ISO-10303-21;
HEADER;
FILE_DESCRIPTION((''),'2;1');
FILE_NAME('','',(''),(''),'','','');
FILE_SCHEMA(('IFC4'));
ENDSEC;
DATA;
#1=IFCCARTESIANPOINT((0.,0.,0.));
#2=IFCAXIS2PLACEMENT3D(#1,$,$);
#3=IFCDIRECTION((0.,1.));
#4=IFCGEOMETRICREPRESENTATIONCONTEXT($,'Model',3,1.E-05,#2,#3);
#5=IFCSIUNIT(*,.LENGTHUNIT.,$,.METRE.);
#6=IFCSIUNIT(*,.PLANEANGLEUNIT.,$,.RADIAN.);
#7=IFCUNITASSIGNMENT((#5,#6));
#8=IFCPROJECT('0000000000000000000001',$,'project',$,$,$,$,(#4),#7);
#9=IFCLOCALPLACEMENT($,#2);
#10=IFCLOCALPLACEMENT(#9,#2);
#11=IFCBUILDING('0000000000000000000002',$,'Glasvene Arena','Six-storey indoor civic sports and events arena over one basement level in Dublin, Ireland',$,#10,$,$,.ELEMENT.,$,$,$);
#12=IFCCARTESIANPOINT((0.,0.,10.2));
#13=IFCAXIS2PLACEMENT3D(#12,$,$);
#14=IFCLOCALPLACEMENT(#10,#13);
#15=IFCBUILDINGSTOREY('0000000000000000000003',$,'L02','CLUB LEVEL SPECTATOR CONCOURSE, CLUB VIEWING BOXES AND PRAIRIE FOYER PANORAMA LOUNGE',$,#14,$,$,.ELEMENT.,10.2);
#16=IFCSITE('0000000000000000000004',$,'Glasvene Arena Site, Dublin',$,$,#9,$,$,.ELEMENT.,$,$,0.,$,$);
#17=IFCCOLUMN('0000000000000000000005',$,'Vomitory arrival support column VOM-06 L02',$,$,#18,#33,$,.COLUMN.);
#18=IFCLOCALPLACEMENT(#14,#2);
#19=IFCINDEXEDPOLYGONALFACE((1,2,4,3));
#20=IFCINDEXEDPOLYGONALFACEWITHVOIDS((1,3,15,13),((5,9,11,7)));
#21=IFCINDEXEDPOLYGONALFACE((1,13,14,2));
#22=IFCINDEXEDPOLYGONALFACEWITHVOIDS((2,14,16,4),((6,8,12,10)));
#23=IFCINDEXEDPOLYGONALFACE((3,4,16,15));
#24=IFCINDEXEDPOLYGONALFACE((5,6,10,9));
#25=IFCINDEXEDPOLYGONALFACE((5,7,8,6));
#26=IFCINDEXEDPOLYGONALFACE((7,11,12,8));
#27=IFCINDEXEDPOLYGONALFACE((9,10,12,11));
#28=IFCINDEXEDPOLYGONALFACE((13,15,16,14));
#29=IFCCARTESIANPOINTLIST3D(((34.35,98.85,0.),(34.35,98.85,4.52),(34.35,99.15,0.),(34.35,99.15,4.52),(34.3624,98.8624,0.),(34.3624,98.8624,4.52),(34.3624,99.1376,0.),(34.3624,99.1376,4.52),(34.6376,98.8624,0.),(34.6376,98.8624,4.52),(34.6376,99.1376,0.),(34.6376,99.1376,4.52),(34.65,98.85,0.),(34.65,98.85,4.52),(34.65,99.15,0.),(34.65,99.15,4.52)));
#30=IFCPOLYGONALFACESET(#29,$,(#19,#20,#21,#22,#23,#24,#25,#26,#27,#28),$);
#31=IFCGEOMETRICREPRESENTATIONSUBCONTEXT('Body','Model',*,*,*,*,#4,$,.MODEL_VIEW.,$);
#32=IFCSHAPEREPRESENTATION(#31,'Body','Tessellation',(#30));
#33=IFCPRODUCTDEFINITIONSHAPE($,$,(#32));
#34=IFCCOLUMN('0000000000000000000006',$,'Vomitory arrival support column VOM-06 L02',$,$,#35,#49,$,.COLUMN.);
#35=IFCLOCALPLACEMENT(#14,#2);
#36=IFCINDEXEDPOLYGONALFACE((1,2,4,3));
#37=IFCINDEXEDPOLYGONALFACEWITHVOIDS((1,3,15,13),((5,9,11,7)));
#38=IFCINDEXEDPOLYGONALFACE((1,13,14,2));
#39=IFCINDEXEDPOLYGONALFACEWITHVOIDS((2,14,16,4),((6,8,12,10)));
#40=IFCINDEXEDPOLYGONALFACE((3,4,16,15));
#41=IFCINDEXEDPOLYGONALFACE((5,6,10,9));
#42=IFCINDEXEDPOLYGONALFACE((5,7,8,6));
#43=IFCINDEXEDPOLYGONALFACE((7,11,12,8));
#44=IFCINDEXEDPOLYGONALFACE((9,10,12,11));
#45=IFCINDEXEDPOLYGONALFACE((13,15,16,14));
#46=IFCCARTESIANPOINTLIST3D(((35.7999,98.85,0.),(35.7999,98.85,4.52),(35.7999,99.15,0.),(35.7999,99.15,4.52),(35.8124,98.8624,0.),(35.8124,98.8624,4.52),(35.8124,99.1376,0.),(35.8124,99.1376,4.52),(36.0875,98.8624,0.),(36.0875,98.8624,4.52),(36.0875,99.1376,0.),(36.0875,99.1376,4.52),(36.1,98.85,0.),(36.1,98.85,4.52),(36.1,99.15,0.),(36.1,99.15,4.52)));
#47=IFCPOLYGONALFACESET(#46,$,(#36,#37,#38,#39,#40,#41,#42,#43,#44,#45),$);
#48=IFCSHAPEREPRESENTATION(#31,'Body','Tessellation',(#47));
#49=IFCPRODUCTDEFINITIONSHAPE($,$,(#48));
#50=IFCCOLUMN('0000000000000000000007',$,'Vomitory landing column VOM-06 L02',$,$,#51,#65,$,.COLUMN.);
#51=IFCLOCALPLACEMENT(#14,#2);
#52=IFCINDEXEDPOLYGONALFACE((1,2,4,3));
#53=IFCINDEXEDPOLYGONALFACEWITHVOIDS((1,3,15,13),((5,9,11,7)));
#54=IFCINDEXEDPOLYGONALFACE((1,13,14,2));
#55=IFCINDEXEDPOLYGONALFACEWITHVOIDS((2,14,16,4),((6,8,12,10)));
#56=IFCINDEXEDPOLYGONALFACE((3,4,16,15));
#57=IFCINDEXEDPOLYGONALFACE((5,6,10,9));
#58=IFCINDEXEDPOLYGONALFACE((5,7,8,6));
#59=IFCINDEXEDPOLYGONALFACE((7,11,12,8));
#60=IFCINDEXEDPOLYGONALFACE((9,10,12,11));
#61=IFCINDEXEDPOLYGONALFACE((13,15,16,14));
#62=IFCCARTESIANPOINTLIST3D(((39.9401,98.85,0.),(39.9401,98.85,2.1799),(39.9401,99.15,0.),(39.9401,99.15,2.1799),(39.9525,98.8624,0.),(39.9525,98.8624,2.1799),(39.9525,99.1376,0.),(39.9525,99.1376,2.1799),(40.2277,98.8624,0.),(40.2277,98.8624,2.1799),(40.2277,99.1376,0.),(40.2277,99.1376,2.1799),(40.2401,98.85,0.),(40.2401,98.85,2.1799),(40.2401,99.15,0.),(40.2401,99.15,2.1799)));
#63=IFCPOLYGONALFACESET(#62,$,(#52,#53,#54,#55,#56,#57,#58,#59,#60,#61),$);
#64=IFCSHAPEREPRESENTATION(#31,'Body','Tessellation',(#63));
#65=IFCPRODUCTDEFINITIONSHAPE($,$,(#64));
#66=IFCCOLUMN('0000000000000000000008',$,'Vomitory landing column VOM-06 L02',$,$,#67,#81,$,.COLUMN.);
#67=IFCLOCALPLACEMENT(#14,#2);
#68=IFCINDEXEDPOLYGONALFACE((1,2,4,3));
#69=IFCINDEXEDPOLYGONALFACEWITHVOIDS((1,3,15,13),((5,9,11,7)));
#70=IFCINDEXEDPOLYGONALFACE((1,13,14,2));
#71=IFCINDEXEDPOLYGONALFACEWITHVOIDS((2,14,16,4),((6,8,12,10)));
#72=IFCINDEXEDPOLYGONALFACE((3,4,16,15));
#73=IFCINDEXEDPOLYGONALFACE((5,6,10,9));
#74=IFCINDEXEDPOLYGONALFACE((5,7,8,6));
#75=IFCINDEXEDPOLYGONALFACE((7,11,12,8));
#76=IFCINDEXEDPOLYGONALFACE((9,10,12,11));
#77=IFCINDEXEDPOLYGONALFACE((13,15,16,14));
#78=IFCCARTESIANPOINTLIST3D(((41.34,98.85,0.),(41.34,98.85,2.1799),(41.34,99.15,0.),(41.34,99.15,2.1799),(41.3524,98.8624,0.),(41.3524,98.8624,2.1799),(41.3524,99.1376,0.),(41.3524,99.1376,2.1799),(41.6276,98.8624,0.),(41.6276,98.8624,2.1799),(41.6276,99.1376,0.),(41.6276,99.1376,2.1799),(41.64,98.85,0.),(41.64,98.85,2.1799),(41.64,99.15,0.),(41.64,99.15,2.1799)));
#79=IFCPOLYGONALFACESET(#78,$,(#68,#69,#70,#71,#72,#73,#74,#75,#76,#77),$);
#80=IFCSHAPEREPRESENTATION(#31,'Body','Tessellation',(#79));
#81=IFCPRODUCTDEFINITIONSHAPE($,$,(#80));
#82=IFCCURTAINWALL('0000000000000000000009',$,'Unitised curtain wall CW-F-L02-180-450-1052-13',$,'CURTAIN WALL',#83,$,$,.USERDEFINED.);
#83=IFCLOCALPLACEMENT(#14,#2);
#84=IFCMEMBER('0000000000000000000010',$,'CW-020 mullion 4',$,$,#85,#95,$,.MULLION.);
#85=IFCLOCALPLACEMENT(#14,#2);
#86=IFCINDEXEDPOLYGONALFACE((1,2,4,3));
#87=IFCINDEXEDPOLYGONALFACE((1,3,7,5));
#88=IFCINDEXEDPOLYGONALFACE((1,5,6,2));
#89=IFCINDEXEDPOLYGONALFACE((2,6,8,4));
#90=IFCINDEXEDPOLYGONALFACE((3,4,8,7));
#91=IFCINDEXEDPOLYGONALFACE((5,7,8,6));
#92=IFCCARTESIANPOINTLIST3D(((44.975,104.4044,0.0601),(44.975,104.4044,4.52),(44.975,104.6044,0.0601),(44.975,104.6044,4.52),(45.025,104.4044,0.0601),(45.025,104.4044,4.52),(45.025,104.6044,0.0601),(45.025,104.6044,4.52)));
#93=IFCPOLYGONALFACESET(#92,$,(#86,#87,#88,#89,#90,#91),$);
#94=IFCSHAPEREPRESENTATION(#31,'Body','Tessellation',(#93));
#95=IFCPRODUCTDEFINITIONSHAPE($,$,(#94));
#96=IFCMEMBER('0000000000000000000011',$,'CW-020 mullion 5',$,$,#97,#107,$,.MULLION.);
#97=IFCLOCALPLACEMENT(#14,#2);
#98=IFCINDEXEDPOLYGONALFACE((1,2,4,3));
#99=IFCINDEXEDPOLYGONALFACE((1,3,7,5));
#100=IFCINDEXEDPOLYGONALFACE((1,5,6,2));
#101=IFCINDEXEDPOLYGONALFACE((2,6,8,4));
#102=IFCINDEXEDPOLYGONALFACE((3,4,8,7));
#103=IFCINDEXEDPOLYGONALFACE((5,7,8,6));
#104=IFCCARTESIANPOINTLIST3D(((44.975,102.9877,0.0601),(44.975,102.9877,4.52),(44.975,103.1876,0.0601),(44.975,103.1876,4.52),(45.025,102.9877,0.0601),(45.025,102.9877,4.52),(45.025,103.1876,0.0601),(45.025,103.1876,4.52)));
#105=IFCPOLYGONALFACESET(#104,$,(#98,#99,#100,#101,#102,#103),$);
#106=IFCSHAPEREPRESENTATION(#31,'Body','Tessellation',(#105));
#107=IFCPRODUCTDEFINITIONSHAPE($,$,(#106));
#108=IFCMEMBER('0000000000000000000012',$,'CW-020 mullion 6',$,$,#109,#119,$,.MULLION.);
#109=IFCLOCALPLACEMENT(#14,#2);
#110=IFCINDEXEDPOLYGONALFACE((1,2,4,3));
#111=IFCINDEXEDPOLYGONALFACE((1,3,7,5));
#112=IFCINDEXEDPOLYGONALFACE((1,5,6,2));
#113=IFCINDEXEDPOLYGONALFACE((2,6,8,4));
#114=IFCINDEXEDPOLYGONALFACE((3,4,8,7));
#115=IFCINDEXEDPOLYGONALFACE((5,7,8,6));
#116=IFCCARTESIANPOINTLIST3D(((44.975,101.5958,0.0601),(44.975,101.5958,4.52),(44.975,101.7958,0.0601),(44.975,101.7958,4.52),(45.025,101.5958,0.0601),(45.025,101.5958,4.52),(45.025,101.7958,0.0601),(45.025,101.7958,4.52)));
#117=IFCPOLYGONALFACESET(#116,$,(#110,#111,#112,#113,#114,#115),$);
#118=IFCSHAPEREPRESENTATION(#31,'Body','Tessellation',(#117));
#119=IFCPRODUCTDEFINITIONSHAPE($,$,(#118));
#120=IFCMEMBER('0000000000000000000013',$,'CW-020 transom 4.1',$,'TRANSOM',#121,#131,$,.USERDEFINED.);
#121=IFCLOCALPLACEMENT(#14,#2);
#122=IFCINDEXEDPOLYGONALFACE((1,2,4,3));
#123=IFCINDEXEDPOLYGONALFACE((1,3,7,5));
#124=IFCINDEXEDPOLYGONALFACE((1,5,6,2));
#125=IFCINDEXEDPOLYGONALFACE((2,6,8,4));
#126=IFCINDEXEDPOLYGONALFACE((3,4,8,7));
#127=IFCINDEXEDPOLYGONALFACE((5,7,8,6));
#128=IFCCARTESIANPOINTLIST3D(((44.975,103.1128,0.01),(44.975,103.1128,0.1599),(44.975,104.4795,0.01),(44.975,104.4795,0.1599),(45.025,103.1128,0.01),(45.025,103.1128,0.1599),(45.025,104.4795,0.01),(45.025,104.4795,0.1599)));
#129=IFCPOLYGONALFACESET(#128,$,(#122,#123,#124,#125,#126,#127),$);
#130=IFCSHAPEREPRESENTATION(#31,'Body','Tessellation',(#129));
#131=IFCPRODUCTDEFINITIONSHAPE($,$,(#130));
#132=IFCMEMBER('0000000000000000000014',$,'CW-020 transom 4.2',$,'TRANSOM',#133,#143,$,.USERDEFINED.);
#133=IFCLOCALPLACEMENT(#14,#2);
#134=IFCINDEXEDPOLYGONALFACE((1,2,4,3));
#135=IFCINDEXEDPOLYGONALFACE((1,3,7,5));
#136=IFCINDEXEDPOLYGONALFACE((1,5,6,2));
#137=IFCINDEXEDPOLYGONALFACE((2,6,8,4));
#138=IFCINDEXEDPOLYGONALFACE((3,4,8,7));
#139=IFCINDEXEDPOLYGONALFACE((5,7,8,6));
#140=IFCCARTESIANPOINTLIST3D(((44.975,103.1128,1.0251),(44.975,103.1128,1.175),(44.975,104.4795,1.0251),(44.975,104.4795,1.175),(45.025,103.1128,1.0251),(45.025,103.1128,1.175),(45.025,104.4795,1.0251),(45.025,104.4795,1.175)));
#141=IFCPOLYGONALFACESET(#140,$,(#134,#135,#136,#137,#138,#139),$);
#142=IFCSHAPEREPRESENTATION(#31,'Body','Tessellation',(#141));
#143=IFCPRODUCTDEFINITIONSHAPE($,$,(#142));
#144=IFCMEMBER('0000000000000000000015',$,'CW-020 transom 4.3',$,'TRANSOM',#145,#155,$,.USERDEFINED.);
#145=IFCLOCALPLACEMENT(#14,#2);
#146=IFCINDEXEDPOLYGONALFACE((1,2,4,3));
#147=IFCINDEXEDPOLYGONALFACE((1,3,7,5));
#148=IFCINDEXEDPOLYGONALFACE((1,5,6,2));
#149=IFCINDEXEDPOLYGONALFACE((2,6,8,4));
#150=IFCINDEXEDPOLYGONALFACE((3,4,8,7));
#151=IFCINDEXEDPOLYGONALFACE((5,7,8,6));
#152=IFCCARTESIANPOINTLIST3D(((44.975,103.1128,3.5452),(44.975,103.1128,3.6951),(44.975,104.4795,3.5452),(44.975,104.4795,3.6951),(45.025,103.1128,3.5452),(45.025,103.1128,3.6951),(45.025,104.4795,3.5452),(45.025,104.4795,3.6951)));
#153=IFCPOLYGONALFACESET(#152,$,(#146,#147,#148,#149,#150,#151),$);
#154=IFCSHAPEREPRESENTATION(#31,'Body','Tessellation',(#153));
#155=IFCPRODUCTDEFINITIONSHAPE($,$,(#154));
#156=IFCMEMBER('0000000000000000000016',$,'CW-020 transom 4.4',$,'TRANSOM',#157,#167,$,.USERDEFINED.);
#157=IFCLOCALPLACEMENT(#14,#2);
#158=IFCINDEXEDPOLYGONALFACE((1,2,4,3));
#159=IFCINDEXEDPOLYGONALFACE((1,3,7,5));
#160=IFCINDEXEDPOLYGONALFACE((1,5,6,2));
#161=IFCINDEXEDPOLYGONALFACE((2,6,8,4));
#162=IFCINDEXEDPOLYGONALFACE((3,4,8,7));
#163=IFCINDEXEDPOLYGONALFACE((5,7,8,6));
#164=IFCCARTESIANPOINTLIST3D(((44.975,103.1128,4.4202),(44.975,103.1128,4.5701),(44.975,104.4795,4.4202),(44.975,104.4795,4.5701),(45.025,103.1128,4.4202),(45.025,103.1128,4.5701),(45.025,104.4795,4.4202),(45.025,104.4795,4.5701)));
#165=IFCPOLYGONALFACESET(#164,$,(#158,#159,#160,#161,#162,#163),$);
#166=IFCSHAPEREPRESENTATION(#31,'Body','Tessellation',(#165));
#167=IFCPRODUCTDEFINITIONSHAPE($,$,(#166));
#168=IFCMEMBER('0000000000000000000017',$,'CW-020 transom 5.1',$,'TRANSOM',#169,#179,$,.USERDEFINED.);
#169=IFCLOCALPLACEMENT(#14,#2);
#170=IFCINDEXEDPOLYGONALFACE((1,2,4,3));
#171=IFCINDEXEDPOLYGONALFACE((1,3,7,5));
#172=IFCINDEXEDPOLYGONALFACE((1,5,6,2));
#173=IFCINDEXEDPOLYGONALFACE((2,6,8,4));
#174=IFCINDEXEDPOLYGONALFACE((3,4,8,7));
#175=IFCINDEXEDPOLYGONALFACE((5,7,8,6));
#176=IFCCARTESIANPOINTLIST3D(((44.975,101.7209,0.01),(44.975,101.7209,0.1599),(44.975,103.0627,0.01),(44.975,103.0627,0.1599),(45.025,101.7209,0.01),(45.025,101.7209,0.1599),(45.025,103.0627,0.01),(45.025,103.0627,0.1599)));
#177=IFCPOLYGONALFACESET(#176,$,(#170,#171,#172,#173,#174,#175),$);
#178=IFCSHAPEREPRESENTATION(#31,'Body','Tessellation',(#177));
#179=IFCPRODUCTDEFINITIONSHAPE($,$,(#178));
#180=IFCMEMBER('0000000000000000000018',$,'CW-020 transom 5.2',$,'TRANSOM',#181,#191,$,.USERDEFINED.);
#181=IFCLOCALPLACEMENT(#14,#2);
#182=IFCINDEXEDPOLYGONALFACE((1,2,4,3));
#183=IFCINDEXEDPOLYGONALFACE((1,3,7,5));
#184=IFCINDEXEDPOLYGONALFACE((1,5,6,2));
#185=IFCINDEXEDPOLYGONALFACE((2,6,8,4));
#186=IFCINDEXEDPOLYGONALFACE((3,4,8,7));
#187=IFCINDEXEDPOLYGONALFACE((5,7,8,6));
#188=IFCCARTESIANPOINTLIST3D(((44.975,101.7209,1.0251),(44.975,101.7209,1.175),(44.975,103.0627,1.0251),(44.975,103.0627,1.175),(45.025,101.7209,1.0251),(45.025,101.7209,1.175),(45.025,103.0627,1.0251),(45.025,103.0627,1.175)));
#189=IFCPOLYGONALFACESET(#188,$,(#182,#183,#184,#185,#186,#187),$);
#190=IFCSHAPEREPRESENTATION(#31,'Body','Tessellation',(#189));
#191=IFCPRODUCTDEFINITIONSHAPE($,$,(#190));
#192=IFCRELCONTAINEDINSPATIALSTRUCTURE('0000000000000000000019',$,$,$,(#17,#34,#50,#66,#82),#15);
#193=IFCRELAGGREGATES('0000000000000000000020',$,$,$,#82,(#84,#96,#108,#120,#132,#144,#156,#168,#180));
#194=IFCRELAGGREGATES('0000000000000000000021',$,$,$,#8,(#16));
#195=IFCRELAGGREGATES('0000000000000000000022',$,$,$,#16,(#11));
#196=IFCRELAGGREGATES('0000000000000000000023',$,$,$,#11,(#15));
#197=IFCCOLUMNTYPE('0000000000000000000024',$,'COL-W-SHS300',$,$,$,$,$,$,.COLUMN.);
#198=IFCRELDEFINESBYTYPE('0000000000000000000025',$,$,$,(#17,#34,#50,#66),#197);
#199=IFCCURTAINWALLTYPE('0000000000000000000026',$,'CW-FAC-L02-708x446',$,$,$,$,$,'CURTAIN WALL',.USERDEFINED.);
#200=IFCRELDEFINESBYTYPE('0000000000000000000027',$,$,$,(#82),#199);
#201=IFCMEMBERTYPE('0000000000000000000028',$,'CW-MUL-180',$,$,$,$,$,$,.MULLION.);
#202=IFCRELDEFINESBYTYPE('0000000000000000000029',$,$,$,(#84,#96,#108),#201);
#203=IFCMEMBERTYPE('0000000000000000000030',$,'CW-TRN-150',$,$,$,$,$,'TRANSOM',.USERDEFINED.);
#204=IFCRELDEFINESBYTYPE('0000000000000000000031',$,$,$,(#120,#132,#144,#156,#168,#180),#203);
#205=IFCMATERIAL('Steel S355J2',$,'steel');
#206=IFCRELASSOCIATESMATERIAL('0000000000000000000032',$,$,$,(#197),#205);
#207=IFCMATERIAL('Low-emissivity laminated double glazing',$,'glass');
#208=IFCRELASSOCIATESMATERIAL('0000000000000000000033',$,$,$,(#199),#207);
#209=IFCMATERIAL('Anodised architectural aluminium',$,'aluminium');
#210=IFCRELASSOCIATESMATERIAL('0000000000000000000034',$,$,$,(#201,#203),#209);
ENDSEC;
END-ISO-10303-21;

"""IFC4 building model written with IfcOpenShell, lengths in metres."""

from ifc_helpers import new_model, si_unit, direction, frame, origin, origin_2d, place, context, subcontext, project, spatial, rectangle, hollow_rectangle, extrude, material, material_profile, profile_set, type_object, element, aggregate, save


model = new_model("IFC4")

# Units and contexts
model_context = context("Model", 3, precision=1e-05, world=origin(), true_north=direction((0.0, 1.0)))
body_context = subcontext(model_context, "Body", "Model", "MODEL_VIEW")
ifc_project = project(units=[si_unit("LENGTHUNIT", "METRE"), si_unit("PLANEANGLEUNIT", "RADIAN")], contexts=[model_context])

# Site, building, storey
site_placement = place(None, origin())
site = spatial("IfcSite", under=ifc_project, at=site_placement, Name="Glasvene Arena Site, Dublin", CompositionType="ELEMENT", RefElevation=0.0)
building_placement = place(site_placement, origin())
building = spatial("IfcBuilding", under=site, at=building_placement, Name="Glasvene Arena", Description="Six-storey indoor civic sports and events arena over one basement level in Dublin, Ireland", CompositionType="ELEMENT")
storey_placement = place(building_placement, frame((0.0, 0.0, 10.2)))
storey = spatial("IfcBuildingStorey", under=building, at=storey_placement, Name="L02", Description="CLUB LEVEL SPECTATOR CONCOURSE, CLUB VIEWING BOXES AND PRAIRIE FOYER PANORAMA LOUNGE", CompositionType="ELEMENT", Elevation=10.2)

# Columns
ifc_material_1 = material(Name="Steel S355J2", Category="steel")
ifc_material_profile_1 = material_profile(ifc_material_1, hollow_rectangle(XDim=0.3, YDim=0.3, WallThickness=0.0125, at=origin_2d()), Name="SHS 300x300x12.5")
ifc_profile_set_1 = profile_set([ifc_material_profile_1], Name="Steel S355J2")
column_type = type_object("IfcColumnType", Name="COL-W-SHS300", PredefinedType="COLUMN", material=ifc_profile_set_1)
for number, where, z_axis, x_axis, name in (
    (1, (34.5, 99.0, 0.0), (0.0, 0.0, 1.0), (1.0, 0.0, 0.0), "Vomitory arrival support column VOM-06 L02"),
    (2, (35.95, 99.0, 0.0), (0.0, 0.0, 1.0), (1.0, 0.0, 0.0), "Vomitory arrival support column VOM-06 L02"),
):
    element("IfcColumn", number, at=place(storey_placement, frame(where, z_axis=z_axis, x_axis=x_axis)), inside=storey, type_object=column_type, Name=name, PredefinedType="COLUMN", context=body_context, shape_type="SweptSolid", body=[
        extrude(hollow_rectangle(XDim=0.3, YDim=0.3, WallThickness=0.0125, at=origin_2d()), origin(), (0.0, 0.0, 1.0), 4.52),
    ])
for number, where, z_axis, x_axis, name in (
    (3, (40.0901, 99.0, 0.0), (0.0, 0.0, 1.0), (1.0, 0.0, 0.0), "Vomitory landing column VOM-06 L02"),
    (4, (41.49, 99.0, 0.0), (0.0, 0.0, 1.0), (1.0, 0.0, 0.0), "Vomitory landing column VOM-06 L02"),
):
    element("IfcColumn", number, at=place(storey_placement, frame(where, z_axis=z_axis, x_axis=x_axis)), inside=storey, type_object=column_type, Name=name, PredefinedType="COLUMN", context=body_context, shape_type="SweptSolid", body=[
        extrude(hollow_rectangle(XDim=0.3, YDim=0.3, WallThickness=0.0125, at=origin_2d()), origin(), (0.0, 0.0, 1.0), 2.1799),
    ])

# Curtain wall, members
ifc_material_2 = material(Name="Low-emissivity laminated double glazing", Category="glass")
curtain_wall_type = type_object("IfcCurtainWallType", Name="CW-FAC-L02-708x446", ElementType="CURTAIN WALL", PredefinedType="USERDEFINED", material=ifc_material_2)
curtain_wall_placement = place(storey_placement, frame((45.0, 108.7549, 0.0)))
curtain_wall = element("IfcCurtainWall", 5, at=curtain_wall_placement, inside=storey, type_object=curtain_wall_type, Name="Unitised curtain wall CW-F-L02-180-450-1052-13", ObjectType="CURTAIN WALL", PredefinedType="USERDEFINED")
ifc_material_3 = material(Name="Anodised architectural aluminium", Category="aluminium")
ifc_material_profile_2 = material_profile(ifc_material_3, rectangle(XDim=0.05, YDim=0.2, at=origin_2d()), Name="ALU MULLION 50x200")
ifc_profile_set_2 = profile_set([ifc_material_profile_2], Name="Anodised architectural aluminium")
member_type_1 = type_object("IfcMemberType", Name="CW-MUL-180", PredefinedType="MULLION", material=ifc_profile_set_2)
member_1_placement = place(storey_placement, frame((45.0, 104.5044, 0.0601), z_axis=(0.0, 0.0, 1.0), x_axis=(1.0, 0.0, 0.0)))
member_1 = element("IfcMember", 6, at=member_1_placement, type_object=member_type_1, Name="CW-020 mullion 4", PredefinedType="MULLION", context=body_context, shape_type="SweptSolid", body=[
    extrude(rectangle(XDim=0.05, YDim=0.2, at=origin_2d()), origin(), (0.0, 0.0, 1.0), 4.46),
])
member_2_placement = place(storey_placement, frame((45.0, 103.0876, 0.0601), z_axis=(0.0, 0.0, 1.0), x_axis=(1.0, 0.0, 0.0)))
member_2 = element("IfcMember", 7, at=member_2_placement, type_object=member_type_1, Name="CW-020 mullion 5", PredefinedType="MULLION", context=body_context, shape_type="SweptSolid", body=[
    extrude(rectangle(XDim=0.05, YDim=0.2, at=origin_2d()), origin(), (0.0, 0.0, 1.0), 4.46),
])
member_3_placement = place(storey_placement, frame((45.0, 101.6958, 0.0601), z_axis=(0.0, 0.0, 1.0), x_axis=(1.0, 0.0, 0.0)))
member_3 = element("IfcMember", 8, at=member_3_placement, type_object=member_type_1, Name="CW-020 mullion 6", PredefinedType="MULLION", context=body_context, shape_type="SweptSolid", body=[
    extrude(rectangle(XDim=0.05, YDim=0.2, at=origin_2d()), origin(), (0.0, 0.0, 1.0), 4.46),
])
ifc_material_profile_3 = material_profile(ifc_material_3, rectangle(XDim=0.05, YDim=0.1499, at=origin_2d()), Name="ALU TRANSOM 50x150")
ifc_profile_set_3 = profile_set([ifc_material_profile_3], Name="Anodised architectural aluminium")
member_type_2 = type_object("IfcMemberType", Name="CW-TRN-150", ElementType="TRANSOM", PredefinedType="USERDEFINED", material=ifc_profile_set_3)
member_4_placement = place(storey_placement, frame((45.0, 104.4795, 0.085), z_axis=(0.0, -1.0, 0.0), x_axis=(1.0, 0.0, 0.0)))
member_4 = element("IfcMember", 9, at=member_4_placement, type_object=member_type_2, Name="CW-020 transom 4.1", ObjectType="TRANSOM", PredefinedType="USERDEFINED", context=body_context, shape_type="SweptSolid", body=[
    extrude(rectangle(XDim=0.05, YDim=0.1499, at=origin_2d()), origin(), (0.0, 0.0, 1.0), 1.3667),
])
member_5_placement = place(storey_placement, frame((45.0, 104.4795, 1.1001), z_axis=(0.0, -1.0, 0.0), x_axis=(1.0, 0.0, 0.0)))
member_5 = element("IfcMember", 10, at=member_5_placement, type_object=member_type_2, Name="CW-020 transom 4.2", ObjectType="TRANSOM", PredefinedType="USERDEFINED", context=body_context, shape_type="SweptSolid", body=[
    extrude(rectangle(XDim=0.05, YDim=0.1499, at=origin_2d()), origin(), (0.0, 0.0, 1.0), 1.3667),
])
member_6_placement = place(storey_placement, frame((45.0, 104.4795, 3.6201), z_axis=(0.0, -1.0, 0.0), x_axis=(1.0, 0.0, 0.0)))
member_6 = element("IfcMember", 11, at=member_6_placement, type_object=member_type_2, Name="CW-020 transom 4.3", ObjectType="TRANSOM", PredefinedType="USERDEFINED", context=body_context, shape_type="SweptSolid", body=[
    extrude(rectangle(XDim=0.05, YDim=0.1499, at=origin_2d()), origin(), (0.0, 0.0, 1.0), 1.3667),
])
member_7_placement = place(storey_placement, frame((45.0, 104.4795, 4.4951), z_axis=(0.0, -1.0, 0.0), x_axis=(1.0, 0.0, 0.0)))
member_7 = element("IfcMember", 12, at=member_7_placement, type_object=member_type_2, Name="CW-020 transom 4.4", ObjectType="TRANSOM", PredefinedType="USERDEFINED", context=body_context, shape_type="SweptSolid", body=[
    extrude(rectangle(XDim=0.05, YDim=0.1499, at=origin_2d()), origin(), (0.0, 0.0, 1.0), 1.3667),
])
member_8_placement = place(storey_placement, frame((45.0, 103.0627, 0.085), z_axis=(0.0, -1.0, 0.0), x_axis=(1.0, 0.0, 0.0)))
member_8 = element("IfcMember", 13, at=member_8_placement, type_object=member_type_2, Name="CW-020 transom 5.1", ObjectType="TRANSOM", PredefinedType="USERDEFINED", context=body_context, shape_type="SweptSolid", body=[
    extrude(rectangle(XDim=0.05, YDim=0.1499, at=origin_2d()), origin(), (0.0, 0.0, 1.0), 1.3418),
])
member_9_placement = place(storey_placement, frame((45.0, 103.0627, 1.1001), z_axis=(0.0, -1.0, 0.0), x_axis=(1.0, 0.0, 0.0)))
member_9 = element("IfcMember", 14, at=member_9_placement, type_object=member_type_2, Name="CW-020 transom 5.2", ObjectType="TRANSOM", PredefinedType="USERDEFINED", context=body_context, shape_type="SweptSolid", body=[
    extrude(rectangle(XDim=0.05, YDim=0.1499, at=origin_2d()), origin(), (0.0, 0.0, 1.0), 1.3418),
])
aggregate(curtain_wall, [member_1, member_2, member_3, member_4, member_5, member_6, member_7, member_8, member_9])

save(model, "model.ifc")
